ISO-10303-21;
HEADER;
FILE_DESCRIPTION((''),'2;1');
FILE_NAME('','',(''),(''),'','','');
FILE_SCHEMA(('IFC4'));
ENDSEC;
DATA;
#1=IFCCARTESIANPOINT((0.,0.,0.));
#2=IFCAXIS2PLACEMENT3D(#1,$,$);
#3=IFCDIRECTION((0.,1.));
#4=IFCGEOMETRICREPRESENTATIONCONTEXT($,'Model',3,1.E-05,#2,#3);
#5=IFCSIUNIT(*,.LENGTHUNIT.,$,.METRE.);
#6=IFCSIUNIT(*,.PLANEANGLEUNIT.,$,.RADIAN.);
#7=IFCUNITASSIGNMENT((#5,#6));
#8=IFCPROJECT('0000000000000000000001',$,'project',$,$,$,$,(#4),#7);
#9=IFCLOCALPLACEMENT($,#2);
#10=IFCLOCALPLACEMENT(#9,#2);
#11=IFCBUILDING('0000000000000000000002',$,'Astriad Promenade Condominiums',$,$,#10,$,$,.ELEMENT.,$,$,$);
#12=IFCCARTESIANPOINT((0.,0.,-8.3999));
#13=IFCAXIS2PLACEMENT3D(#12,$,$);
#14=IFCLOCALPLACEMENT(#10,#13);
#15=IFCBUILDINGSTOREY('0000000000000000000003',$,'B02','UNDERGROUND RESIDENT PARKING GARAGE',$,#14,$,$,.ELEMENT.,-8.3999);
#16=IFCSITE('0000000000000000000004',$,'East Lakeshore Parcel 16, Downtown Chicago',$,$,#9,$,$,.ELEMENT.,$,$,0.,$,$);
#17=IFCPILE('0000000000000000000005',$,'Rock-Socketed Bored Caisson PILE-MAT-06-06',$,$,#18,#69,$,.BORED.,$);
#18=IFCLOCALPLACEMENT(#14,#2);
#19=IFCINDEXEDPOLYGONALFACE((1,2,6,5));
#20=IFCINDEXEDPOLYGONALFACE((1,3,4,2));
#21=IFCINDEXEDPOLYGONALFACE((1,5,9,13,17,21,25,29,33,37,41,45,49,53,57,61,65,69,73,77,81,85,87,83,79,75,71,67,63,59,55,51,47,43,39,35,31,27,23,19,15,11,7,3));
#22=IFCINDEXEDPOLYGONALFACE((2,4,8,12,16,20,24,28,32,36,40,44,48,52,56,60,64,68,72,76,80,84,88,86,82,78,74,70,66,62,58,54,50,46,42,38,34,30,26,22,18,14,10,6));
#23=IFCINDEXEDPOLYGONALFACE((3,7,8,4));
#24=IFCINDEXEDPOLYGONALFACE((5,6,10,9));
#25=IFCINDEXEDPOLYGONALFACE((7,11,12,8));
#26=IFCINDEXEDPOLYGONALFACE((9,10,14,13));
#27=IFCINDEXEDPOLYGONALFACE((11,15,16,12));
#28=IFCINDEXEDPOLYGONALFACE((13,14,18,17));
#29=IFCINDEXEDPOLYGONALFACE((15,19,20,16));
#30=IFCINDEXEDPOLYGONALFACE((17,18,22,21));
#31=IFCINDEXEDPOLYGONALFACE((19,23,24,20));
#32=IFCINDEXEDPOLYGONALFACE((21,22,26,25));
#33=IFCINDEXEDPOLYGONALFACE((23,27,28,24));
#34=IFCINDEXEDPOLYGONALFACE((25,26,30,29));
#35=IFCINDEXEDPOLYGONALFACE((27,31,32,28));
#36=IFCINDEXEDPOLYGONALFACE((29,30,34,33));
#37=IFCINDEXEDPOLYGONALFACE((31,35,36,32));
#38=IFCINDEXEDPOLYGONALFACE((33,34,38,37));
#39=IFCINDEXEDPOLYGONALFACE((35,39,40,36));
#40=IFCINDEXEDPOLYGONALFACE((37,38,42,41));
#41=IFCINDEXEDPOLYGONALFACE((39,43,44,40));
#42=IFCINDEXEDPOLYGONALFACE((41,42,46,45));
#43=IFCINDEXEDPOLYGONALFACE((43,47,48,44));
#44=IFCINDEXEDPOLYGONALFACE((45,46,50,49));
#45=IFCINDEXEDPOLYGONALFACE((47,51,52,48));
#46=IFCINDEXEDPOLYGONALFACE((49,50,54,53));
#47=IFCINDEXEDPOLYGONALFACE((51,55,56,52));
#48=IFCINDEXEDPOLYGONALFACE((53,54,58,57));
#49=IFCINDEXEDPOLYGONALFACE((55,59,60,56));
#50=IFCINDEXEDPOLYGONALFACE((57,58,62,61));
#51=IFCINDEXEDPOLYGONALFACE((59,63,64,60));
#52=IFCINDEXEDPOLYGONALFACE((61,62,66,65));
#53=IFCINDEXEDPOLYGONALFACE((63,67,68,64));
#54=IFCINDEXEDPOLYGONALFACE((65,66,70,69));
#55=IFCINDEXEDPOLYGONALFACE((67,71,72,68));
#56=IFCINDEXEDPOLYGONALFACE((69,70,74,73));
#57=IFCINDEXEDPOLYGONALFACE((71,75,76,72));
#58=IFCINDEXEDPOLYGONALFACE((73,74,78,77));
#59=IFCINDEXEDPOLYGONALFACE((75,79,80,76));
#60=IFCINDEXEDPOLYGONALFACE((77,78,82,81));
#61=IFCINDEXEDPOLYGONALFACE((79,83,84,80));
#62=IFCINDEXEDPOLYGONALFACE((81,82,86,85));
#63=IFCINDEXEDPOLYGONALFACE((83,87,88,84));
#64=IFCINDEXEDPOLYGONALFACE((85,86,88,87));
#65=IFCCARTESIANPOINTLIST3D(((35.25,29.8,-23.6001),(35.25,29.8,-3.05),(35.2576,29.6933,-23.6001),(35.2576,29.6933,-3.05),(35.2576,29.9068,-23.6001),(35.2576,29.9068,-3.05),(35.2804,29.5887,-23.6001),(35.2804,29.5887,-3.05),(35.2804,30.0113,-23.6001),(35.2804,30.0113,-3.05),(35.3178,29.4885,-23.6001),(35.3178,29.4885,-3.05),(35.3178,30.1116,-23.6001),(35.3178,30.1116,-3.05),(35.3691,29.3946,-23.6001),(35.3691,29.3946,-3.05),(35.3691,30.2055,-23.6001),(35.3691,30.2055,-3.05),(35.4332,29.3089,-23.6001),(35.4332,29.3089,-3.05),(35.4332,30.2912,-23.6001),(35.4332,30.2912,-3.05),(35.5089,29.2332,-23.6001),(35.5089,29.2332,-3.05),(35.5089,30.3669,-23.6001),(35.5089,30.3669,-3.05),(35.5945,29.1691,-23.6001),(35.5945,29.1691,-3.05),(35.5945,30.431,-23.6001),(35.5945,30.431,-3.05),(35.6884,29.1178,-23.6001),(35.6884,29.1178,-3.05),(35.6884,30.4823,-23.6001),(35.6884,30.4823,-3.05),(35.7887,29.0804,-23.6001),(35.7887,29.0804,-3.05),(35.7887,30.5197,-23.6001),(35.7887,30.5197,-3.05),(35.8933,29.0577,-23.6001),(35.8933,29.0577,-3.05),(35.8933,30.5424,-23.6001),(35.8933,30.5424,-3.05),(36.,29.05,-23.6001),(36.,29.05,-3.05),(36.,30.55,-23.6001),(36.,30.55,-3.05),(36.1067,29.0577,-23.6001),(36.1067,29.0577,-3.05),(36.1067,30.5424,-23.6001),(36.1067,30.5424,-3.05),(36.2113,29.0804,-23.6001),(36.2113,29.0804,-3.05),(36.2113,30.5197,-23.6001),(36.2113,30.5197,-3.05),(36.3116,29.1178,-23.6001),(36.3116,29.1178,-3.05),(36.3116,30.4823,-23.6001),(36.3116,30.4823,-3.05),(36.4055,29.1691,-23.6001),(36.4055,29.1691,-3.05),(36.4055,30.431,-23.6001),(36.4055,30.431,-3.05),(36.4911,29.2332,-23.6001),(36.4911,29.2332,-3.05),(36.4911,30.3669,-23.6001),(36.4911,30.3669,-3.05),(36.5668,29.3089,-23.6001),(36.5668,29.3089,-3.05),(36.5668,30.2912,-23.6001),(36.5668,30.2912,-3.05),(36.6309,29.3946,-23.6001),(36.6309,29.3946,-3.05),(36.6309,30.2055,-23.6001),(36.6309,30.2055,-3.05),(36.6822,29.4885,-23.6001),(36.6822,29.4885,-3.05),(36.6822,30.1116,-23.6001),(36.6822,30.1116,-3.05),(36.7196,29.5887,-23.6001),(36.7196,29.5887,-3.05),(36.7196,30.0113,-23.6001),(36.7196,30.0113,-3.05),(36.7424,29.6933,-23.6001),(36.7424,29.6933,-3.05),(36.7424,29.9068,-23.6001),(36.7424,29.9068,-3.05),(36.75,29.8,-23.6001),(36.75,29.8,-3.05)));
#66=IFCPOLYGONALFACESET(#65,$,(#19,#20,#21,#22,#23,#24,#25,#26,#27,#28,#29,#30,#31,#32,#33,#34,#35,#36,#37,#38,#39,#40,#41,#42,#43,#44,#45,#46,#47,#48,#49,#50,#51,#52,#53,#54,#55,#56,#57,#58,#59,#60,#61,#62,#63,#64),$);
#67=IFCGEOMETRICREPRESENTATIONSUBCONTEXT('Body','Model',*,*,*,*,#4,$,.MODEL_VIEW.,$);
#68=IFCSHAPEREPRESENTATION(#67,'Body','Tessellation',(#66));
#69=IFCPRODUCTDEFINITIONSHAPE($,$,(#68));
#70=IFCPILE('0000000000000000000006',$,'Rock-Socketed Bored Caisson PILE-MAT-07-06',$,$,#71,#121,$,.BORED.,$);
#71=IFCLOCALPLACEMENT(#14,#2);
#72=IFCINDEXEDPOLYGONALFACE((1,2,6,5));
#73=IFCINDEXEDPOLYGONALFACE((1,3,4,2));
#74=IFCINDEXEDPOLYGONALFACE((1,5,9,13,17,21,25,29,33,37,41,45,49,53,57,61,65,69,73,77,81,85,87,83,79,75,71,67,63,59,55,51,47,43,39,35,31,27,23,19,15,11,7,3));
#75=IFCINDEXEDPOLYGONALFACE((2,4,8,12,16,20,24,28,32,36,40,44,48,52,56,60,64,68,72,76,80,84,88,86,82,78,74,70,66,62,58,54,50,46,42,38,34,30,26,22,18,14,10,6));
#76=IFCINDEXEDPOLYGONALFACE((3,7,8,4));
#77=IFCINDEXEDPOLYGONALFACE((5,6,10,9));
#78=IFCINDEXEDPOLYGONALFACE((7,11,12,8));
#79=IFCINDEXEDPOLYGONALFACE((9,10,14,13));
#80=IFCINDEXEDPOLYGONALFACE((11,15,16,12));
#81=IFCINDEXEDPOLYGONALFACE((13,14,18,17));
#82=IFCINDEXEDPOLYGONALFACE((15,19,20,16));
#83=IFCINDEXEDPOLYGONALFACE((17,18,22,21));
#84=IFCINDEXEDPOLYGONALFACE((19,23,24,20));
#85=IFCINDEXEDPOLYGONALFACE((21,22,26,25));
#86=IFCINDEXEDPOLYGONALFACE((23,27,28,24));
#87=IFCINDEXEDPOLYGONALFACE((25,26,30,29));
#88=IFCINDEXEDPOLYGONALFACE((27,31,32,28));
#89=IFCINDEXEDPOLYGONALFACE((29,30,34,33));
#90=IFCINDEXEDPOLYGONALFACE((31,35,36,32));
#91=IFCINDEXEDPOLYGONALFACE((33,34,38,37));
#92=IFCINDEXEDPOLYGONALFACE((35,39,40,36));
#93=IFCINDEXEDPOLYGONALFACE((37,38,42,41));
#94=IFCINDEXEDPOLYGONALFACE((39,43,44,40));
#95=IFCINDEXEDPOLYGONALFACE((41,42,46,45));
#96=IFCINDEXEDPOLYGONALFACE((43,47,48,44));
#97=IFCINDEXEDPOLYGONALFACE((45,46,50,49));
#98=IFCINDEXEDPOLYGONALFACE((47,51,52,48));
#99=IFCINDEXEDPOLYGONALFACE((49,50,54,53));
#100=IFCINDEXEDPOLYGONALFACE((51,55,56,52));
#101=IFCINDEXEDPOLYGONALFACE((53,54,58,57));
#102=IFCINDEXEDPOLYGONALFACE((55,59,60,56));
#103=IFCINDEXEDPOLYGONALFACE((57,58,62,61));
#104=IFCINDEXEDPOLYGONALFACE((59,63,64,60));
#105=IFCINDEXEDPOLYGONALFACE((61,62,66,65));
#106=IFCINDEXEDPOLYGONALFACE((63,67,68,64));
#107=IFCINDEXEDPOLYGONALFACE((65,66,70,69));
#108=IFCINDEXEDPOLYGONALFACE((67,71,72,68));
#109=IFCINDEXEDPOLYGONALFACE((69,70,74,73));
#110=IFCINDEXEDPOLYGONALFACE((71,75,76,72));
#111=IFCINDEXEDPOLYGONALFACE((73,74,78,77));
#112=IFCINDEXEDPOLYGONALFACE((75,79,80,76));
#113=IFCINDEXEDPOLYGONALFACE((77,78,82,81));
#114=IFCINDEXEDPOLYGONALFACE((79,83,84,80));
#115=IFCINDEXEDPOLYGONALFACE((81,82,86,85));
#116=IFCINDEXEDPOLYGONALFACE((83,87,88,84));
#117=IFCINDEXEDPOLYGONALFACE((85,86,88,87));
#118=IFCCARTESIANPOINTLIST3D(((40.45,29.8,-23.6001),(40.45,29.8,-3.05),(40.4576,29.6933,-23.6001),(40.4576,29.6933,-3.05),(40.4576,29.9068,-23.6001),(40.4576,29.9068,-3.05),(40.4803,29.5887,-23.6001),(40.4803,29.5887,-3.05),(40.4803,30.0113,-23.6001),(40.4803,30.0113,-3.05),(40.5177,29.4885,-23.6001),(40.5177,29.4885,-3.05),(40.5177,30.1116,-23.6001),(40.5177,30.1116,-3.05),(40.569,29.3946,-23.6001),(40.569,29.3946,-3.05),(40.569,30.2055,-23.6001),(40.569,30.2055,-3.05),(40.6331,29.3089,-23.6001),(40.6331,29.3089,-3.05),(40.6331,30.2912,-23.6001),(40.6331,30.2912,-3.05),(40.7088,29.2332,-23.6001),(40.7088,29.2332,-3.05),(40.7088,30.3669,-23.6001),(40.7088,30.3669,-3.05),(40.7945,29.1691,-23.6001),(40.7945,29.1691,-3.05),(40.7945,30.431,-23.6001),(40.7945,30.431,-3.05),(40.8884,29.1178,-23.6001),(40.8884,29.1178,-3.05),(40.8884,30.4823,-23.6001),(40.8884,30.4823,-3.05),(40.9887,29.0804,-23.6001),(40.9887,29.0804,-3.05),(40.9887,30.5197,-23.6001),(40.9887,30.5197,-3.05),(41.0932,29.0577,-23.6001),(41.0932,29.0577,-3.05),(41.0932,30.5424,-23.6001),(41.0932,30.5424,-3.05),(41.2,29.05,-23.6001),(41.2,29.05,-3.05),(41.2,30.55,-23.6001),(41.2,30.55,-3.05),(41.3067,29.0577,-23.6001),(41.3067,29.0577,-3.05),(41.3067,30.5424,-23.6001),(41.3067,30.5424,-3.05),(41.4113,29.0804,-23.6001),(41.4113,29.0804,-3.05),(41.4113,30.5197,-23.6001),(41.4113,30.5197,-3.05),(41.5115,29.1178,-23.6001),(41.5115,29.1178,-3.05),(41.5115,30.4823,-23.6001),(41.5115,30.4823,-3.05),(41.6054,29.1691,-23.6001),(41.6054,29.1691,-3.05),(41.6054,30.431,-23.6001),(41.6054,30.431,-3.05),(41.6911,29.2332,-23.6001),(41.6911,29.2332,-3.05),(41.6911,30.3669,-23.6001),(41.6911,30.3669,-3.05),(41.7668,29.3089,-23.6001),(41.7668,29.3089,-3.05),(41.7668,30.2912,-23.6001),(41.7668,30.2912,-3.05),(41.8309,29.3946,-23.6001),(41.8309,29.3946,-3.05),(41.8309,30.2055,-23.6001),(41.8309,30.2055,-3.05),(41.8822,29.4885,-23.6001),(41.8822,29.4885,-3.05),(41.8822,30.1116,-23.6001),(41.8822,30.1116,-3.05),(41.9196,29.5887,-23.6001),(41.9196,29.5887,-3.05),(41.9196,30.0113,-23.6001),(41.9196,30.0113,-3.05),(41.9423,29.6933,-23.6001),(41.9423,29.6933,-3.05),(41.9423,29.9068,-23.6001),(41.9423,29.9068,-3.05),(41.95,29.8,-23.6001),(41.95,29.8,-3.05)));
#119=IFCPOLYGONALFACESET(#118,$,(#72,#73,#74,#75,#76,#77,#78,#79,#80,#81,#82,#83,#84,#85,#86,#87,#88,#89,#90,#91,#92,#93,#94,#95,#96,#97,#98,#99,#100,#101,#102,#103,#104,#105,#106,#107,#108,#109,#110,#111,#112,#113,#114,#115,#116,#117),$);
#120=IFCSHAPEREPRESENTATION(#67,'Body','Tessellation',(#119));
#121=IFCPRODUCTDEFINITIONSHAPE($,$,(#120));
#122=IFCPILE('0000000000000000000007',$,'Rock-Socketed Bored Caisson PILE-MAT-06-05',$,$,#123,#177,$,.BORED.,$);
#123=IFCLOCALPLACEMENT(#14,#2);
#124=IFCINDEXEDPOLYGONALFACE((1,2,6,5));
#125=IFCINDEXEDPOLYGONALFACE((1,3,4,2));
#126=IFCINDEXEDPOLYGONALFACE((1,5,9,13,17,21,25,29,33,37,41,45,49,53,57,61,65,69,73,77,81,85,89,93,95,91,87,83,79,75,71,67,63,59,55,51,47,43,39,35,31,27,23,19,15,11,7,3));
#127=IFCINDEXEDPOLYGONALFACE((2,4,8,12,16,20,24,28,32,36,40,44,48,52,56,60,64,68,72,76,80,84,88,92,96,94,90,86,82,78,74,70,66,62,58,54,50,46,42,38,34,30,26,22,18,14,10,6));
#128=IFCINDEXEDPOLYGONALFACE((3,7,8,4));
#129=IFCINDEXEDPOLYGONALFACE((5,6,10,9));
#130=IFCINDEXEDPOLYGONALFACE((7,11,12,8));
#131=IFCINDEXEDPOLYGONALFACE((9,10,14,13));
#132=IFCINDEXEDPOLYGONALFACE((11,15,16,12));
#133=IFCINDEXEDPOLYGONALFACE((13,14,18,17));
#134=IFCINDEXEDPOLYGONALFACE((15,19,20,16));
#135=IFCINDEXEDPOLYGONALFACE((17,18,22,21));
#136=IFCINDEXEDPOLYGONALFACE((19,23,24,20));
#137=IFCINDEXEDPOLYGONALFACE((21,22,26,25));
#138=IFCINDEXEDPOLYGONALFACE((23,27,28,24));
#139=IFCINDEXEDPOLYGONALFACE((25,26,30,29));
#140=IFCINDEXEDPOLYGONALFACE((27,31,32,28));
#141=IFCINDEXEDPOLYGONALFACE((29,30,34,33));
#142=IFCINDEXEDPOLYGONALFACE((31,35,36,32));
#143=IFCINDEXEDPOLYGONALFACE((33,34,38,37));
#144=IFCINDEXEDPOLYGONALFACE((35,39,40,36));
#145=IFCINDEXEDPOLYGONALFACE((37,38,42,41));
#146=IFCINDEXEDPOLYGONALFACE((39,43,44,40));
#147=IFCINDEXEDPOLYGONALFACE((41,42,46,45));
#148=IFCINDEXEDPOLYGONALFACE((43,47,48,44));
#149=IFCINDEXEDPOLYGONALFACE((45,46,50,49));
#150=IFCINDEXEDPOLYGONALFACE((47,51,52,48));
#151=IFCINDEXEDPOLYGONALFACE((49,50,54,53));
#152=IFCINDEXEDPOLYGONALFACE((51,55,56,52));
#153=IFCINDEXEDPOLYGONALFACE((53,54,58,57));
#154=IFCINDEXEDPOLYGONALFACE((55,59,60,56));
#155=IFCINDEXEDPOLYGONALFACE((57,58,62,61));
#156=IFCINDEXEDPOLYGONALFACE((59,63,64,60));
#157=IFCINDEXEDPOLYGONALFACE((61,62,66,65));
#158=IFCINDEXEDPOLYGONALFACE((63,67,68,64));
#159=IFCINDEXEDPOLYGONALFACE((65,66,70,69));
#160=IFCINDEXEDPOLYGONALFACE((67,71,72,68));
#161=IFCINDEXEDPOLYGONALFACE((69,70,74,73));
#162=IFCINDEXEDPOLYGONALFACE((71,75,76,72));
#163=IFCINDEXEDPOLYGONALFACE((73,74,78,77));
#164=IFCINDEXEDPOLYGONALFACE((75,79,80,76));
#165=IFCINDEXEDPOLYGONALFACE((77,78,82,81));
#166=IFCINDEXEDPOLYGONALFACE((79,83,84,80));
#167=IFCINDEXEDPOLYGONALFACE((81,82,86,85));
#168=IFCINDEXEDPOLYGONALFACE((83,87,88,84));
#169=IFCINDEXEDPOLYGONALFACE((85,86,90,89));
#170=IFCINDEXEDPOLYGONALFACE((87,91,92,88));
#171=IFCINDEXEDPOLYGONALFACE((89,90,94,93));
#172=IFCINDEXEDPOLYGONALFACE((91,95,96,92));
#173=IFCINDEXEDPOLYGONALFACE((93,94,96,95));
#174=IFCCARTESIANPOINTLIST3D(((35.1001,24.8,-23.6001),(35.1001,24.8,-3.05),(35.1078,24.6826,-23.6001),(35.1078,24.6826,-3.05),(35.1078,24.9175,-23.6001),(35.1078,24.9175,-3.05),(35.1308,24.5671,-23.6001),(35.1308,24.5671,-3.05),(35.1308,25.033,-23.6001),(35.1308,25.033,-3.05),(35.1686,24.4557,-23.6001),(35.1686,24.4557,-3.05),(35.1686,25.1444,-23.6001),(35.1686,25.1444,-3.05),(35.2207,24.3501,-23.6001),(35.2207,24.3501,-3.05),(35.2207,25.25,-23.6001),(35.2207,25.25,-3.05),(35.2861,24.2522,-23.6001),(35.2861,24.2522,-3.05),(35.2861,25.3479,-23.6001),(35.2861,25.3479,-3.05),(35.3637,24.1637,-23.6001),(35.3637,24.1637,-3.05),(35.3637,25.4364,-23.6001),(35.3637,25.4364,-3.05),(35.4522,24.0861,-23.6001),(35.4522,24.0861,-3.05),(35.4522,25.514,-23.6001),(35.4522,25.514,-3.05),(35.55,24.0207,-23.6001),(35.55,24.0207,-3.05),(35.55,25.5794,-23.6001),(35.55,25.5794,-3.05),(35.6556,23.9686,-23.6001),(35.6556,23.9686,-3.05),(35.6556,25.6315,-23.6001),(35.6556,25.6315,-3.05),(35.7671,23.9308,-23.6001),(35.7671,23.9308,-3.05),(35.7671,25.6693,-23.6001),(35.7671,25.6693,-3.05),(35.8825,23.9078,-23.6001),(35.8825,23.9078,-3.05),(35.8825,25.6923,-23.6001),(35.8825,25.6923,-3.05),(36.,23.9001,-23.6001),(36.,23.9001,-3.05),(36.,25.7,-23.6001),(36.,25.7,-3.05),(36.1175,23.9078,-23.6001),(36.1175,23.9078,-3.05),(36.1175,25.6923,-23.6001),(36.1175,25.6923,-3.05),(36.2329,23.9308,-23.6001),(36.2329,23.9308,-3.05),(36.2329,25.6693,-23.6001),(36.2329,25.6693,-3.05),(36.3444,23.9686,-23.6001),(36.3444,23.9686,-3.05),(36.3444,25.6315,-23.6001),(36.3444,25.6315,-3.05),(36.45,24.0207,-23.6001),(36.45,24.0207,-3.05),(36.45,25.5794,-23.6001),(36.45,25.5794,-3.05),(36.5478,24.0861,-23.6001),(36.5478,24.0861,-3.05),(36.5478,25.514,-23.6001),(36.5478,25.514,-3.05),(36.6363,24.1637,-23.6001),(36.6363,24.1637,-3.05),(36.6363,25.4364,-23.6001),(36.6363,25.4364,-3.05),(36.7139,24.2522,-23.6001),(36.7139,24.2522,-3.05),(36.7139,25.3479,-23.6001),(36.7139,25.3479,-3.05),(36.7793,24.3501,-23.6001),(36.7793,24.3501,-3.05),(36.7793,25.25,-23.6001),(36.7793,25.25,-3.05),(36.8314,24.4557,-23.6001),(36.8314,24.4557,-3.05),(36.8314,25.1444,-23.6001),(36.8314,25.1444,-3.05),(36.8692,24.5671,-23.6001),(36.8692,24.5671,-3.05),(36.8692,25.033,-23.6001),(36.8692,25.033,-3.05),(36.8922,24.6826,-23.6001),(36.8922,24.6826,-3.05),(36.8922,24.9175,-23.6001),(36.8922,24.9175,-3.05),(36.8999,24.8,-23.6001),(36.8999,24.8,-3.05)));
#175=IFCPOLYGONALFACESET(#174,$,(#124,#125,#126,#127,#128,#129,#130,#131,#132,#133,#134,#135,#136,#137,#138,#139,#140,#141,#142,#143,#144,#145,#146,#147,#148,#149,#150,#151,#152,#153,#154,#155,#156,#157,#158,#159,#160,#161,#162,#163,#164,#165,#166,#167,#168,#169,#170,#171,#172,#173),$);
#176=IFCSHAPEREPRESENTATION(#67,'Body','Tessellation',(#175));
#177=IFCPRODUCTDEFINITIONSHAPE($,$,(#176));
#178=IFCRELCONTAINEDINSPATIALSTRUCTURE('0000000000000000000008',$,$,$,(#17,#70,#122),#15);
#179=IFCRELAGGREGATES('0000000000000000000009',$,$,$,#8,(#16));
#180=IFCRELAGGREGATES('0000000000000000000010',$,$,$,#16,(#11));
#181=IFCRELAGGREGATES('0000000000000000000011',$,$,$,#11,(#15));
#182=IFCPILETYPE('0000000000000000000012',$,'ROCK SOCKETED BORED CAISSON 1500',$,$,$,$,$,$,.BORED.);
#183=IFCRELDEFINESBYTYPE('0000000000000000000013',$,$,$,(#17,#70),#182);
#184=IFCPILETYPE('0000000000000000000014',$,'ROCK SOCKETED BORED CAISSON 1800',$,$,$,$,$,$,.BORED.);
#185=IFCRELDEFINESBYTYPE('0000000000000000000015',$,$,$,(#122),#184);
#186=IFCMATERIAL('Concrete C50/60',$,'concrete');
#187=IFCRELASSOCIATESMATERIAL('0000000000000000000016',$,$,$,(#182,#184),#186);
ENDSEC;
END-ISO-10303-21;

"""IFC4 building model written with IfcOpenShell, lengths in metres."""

from ifc_helpers import new_model, si_unit, direction, frame, origin, origin_2d, place, context, subcontext, project, spatial, circle, extrude, source, transform, mapped, material, material_profile, profile_set, type_object, type_shapes, element, save


model = new_model("IFC4")

# Units and contexts
model_context = context("Model", 3, precision=1e-05, world=origin(), true_north=direction((0.0, 1.0)))
body_context = subcontext(model_context, "Body", "Model", "MODEL_VIEW")
ifc_project = project(units=[si_unit("LENGTHUNIT", "METRE"), si_unit("PLANEANGLEUNIT", "RADIAN")], contexts=[model_context])

# Site, building, storey
site_placement = place(None, origin())
site = spatial("IfcSite", under=ifc_project, at=site_placement, Name="East Lakeshore Parcel 16, Downtown Chicago", CompositionType="ELEMENT", RefElevation=0.0)
building_placement = place(site_placement, origin())
building = spatial("IfcBuilding", under=site, at=building_placement, Name="Astriad Promenade Condominiums", CompositionType="ELEMENT")
storey_placement = place(building_placement, frame((0.0, 0.0, -8.3999)))
storey = spatial("IfcBuildingStorey", under=building, at=storey_placement, Name="B02", Description="UNDERGROUND RESIDENT PARKING GARAGE", CompositionType="ELEMENT", Elevation=-8.3999)

# Piles
ifc_material_1 = material(Name="Concrete C50/60", Category="concrete")
ifc_material_profile_1 = material_profile(ifc_material_1, circle(Radius=0.75, at=origin_2d()), Name="CAISSON-D1500")
ifc_profile_set_1 = profile_set([ifc_material_profile_1], Name="Concrete C50/60")
pile_type_1 = type_object("IfcPileType", Name="ROCK SOCKETED BORED CAISSON 1500", PredefinedType="BORED", material=ifc_profile_set_1)
shared_shape_1 = source(origin(), body_context, "Body", "SweptSolid", [
    extrude(circle(Radius=0.75, at=origin_2d()), origin(), (0.0, 0.0, 1.0), 20.55),
])
type_shapes(pile_type_1, [shared_shape_1])
for number, where, z_axis, x_axis, name in (
    (1, (36.0, 29.8, -3.05), (0.0, 0.0, -1.0), (1.0, 0.0, 0.0), "Rock-Socketed Bored Caisson PILE-MAT-06-06"),
    (2, (41.2, 29.8, -3.05), (0.0, 0.0, -1.0), (1.0, 0.0, 0.0), "Rock-Socketed Bored Caisson PILE-MAT-07-06"),
):
    element("IfcPile", number, at=place(storey_placement, frame(where, z_axis=z_axis, x_axis=x_axis)), inside=storey, type_object=pile_type_1, Name=name, PredefinedType="BORED", context=body_context, shape_type="MappedRepresentation", body=[
        mapped(shared_shape_1, transform((0.0, 0.0, 0.0), scale=1.0)),
    ])
ifc_material_profile_2 = material_profile(ifc_material_1, circle(Radius=0.8999, at=origin_2d()), Name="CAISSON-D1800")
ifc_profile_set_2 = profile_set([ifc_material_profile_2], Name="Concrete C50/60")
pile_type_2 = type_object("IfcPileType", Name="ROCK SOCKETED BORED CAISSON 1800", PredefinedType="BORED", material=ifc_profile_set_2)
shared_shape_2 = source(origin(), body_context, "Body", "SweptSolid", [
    extrude(circle(Radius=0.8999, at=origin_2d()), origin(), (0.0, 0.0, 1.0), 20.55),
])
type_shapes(pile_type_2, [shared_shape_2])
for number, where, z_axis, x_axis, name in (
    (3, (36.0, 24.8, -3.05), (0.0, 0.0, -1.0), (1.0, 0.0, 0.0), "Rock-Socketed Bored Caisson PILE-MAT-06-05"),
):
    element("IfcPile", number, at=place(storey_placement, frame(where, z_axis=z_axis, x_axis=x_axis)), inside=storey, type_object=pile_type_2, Name=name, PredefinedType="BORED", context=body_context, shape_type="MappedRepresentation", body=[
        mapped(shared_shape_2, transform((0.0, 0.0, 0.0), scale=1.0)),
    ])

save(model, "model.ifc")
